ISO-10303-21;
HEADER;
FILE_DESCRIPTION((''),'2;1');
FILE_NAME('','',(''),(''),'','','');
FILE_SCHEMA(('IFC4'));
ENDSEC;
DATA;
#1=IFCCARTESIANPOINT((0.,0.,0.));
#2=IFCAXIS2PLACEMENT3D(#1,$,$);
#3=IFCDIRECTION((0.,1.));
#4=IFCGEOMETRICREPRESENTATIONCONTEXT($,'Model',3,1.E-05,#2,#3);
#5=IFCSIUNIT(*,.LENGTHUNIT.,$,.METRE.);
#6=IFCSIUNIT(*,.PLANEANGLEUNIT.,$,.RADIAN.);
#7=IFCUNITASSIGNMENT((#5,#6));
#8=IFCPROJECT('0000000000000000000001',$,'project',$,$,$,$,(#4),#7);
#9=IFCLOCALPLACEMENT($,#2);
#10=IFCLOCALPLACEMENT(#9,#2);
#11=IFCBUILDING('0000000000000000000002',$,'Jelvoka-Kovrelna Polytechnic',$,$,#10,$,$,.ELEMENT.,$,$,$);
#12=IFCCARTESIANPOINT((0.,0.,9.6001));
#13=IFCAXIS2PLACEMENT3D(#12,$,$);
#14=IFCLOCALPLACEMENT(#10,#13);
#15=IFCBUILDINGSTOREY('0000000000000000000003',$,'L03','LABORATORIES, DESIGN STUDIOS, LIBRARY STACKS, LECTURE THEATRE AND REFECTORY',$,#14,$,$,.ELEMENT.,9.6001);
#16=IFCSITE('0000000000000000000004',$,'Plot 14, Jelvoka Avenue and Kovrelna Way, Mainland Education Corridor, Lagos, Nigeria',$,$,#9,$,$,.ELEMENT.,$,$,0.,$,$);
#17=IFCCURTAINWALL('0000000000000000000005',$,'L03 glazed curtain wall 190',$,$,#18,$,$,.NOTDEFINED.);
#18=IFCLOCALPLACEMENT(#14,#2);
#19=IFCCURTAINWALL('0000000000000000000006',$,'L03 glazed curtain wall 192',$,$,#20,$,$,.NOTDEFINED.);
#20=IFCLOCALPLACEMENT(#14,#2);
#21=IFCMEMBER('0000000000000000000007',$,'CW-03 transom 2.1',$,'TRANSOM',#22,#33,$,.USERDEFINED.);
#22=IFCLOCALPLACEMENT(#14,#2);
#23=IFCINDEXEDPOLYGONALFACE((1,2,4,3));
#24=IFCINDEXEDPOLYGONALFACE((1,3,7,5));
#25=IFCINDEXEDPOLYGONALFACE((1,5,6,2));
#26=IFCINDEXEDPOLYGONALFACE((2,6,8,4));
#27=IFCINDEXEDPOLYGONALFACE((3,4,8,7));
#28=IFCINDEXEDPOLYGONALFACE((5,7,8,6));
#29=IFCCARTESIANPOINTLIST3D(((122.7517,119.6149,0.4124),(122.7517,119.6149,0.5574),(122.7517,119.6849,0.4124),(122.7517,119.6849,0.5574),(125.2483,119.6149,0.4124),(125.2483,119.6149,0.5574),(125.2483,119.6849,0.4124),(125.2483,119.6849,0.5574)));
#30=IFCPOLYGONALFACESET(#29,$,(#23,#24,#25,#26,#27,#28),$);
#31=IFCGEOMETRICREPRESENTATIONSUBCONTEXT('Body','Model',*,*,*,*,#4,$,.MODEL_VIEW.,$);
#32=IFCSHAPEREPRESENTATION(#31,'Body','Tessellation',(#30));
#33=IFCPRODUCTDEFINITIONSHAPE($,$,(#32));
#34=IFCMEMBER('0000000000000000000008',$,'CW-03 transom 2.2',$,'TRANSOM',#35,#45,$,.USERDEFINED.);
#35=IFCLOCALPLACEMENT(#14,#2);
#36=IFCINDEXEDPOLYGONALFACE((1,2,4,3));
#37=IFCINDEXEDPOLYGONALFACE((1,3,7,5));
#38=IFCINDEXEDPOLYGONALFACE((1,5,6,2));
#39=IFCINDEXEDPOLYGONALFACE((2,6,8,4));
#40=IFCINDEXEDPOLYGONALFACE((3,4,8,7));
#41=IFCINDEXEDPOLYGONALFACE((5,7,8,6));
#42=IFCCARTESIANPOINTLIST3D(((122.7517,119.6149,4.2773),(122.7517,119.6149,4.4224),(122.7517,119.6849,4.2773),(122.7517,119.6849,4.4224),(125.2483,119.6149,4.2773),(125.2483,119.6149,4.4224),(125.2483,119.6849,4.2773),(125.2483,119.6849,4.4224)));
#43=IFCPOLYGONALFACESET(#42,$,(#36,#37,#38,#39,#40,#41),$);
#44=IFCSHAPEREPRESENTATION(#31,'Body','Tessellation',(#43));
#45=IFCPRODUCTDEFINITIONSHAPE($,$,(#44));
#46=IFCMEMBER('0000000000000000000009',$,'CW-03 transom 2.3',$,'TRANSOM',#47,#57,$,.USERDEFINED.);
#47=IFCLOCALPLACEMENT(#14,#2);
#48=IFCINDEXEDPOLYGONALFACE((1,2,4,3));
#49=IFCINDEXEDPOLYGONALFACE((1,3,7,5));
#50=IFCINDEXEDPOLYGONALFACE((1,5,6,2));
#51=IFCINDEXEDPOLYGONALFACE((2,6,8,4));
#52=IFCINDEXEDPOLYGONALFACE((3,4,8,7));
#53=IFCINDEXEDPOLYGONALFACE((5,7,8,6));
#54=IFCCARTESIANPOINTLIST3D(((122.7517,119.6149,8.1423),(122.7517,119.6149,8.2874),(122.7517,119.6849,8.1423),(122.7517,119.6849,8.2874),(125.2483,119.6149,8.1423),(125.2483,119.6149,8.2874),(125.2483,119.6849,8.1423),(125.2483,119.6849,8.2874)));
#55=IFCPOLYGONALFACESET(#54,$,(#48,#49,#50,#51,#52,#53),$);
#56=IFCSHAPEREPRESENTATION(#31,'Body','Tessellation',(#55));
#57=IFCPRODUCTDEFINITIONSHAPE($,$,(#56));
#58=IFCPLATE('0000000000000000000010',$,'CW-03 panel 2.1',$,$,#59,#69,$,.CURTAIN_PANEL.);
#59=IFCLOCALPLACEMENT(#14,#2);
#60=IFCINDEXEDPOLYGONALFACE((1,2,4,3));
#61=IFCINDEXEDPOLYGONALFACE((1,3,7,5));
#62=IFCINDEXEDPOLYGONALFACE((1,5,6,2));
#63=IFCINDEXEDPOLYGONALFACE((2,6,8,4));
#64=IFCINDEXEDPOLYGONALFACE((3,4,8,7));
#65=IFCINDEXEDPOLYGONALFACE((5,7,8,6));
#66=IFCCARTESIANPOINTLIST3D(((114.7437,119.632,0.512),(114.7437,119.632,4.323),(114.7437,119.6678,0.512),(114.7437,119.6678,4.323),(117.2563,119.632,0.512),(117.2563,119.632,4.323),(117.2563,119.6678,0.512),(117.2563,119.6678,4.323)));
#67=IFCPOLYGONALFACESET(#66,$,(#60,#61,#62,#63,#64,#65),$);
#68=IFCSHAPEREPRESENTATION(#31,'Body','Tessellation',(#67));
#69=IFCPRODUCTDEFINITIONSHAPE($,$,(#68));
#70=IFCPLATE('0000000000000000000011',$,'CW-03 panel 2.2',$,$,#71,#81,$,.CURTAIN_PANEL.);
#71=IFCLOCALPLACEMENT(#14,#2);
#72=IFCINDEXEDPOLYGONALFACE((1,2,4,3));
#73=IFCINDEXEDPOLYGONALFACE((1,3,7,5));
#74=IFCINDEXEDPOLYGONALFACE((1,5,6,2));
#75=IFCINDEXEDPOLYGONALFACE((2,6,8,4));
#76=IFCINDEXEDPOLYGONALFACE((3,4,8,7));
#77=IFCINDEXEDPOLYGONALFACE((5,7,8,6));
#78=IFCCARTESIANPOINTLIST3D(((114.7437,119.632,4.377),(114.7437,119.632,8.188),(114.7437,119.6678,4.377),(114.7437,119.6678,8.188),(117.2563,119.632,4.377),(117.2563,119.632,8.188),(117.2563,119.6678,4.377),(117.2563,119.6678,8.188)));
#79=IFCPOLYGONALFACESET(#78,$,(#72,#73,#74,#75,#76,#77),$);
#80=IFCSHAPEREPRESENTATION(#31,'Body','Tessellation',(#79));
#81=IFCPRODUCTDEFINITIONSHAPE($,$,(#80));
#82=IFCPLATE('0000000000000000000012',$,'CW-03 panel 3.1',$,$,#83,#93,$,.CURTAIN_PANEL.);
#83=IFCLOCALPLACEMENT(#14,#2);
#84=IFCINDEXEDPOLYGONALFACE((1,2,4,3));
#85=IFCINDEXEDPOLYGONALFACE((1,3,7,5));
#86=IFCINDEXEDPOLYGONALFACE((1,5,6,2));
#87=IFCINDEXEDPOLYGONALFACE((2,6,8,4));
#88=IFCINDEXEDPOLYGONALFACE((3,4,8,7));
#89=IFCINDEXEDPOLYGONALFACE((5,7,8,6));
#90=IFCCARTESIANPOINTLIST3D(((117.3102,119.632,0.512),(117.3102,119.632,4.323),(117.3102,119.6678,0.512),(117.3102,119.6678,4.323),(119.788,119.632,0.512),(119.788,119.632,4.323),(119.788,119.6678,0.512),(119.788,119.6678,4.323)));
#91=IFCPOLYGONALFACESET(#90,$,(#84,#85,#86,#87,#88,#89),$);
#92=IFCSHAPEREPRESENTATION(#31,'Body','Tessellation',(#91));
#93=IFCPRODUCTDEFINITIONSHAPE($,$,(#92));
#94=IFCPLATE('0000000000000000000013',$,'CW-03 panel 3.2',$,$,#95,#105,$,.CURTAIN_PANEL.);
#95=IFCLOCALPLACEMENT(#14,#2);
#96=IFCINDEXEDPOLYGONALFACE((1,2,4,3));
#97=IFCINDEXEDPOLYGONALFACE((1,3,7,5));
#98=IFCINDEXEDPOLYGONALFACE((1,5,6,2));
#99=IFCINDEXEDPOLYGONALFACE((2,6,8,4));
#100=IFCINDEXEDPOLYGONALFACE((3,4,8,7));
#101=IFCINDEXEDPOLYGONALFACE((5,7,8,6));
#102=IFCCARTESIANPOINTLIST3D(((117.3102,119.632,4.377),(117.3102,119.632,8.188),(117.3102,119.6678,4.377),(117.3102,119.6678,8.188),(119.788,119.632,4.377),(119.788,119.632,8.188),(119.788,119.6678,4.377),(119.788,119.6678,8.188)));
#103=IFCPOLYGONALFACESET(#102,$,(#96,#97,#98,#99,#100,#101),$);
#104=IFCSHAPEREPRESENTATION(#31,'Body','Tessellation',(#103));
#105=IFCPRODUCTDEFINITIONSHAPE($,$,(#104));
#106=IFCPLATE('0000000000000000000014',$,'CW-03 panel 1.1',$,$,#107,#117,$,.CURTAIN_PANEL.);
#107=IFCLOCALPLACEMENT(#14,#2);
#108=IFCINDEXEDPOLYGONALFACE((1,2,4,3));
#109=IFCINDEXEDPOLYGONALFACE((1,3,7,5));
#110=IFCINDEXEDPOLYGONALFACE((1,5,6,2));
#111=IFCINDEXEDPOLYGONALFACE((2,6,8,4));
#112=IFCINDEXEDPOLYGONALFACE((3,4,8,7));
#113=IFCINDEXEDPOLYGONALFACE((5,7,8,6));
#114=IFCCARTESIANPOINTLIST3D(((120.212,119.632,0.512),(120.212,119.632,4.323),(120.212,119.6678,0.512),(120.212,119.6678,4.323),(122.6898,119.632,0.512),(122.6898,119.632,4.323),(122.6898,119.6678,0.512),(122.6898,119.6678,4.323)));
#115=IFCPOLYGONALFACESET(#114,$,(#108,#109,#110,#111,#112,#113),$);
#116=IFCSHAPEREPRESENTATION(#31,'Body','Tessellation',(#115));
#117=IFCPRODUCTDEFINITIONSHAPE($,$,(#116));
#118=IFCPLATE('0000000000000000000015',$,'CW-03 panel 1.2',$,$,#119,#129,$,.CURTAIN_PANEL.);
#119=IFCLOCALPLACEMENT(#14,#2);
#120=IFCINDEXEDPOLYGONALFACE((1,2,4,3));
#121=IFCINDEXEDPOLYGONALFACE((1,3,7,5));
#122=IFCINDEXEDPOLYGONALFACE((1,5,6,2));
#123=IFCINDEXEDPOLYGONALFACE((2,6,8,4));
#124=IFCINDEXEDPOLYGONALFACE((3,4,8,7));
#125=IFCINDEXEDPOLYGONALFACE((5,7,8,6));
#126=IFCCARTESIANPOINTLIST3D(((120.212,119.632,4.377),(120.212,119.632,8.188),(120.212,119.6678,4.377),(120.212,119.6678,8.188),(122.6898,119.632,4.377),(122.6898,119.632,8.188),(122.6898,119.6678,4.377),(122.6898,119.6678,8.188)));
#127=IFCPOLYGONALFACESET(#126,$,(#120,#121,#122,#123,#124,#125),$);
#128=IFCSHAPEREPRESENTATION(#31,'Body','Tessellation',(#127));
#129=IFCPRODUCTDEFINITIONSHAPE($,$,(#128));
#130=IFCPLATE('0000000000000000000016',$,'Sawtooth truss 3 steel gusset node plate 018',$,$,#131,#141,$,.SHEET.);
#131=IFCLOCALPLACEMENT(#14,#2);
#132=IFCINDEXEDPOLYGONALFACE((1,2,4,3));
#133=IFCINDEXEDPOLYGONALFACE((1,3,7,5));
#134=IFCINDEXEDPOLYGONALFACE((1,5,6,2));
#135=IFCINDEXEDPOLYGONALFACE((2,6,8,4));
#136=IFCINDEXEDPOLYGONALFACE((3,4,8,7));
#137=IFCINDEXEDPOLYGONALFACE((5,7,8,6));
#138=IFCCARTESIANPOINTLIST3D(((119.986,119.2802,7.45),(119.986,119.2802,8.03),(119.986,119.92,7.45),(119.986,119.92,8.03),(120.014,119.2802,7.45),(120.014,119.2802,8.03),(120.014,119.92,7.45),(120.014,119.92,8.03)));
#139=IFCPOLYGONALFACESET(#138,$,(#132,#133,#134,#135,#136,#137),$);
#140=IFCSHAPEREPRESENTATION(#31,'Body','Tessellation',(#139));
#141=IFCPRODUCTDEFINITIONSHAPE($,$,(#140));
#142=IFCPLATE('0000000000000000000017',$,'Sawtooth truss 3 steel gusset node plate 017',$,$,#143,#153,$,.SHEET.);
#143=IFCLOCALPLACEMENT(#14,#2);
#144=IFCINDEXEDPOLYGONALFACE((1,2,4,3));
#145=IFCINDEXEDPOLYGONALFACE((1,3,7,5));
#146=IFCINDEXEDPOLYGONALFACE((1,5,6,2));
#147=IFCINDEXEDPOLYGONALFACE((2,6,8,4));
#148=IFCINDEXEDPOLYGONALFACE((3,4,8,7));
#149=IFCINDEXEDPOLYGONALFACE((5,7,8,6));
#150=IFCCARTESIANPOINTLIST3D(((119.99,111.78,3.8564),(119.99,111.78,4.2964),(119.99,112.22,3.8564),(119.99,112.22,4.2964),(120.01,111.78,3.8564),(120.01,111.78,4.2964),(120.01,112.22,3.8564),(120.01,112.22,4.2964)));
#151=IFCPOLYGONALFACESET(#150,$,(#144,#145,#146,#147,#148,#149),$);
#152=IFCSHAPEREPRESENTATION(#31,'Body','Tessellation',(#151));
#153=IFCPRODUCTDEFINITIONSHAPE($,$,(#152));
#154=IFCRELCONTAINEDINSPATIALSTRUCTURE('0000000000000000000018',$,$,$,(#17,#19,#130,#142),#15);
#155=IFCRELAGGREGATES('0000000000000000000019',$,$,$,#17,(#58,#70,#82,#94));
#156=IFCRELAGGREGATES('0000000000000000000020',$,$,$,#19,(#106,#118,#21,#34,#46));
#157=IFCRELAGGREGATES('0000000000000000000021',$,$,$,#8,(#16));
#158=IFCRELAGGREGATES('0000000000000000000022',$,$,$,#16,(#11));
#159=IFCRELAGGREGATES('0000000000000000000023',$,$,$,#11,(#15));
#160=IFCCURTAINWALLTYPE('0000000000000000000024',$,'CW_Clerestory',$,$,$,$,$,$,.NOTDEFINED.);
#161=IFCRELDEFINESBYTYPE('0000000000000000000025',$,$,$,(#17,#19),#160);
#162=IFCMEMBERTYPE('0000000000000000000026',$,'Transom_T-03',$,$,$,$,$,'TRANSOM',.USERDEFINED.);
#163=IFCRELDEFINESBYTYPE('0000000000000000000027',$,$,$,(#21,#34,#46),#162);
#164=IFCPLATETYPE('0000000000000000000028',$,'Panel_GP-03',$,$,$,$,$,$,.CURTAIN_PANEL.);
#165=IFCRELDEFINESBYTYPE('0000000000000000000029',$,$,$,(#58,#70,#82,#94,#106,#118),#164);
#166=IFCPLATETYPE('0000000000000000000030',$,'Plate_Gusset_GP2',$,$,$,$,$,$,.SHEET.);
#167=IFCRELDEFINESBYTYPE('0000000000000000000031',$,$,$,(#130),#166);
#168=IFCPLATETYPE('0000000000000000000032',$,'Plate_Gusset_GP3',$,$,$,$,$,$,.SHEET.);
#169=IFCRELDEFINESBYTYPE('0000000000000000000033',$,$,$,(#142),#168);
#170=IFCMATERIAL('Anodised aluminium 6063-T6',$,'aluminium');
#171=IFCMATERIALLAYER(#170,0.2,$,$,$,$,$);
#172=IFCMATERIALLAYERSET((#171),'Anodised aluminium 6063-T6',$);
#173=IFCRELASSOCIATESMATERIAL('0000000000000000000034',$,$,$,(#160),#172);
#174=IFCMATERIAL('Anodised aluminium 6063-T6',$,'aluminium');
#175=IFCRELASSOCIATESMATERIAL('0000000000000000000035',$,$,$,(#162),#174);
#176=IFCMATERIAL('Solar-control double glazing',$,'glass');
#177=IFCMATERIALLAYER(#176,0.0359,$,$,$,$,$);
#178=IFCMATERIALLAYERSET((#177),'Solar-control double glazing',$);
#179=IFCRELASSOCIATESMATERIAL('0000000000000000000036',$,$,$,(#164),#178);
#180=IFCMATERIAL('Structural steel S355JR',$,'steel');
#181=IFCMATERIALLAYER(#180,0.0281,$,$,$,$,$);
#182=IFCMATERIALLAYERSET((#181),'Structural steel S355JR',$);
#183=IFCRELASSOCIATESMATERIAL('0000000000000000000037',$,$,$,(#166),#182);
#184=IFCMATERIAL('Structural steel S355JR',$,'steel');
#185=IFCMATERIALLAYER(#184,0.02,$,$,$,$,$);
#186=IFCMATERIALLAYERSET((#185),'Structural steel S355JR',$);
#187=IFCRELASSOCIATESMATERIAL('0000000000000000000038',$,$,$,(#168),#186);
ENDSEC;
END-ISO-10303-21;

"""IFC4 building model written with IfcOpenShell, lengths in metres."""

from ifc_helpers import new_model, si_unit, direction, frame, origin, origin_2d, place, context, subcontext, project, spatial, rectangle, extrude, material, layer, layer_set, material_profile, profile_set, type_object, element, aggregate, save


model = new_model("IFC4")

# Units and contexts
model_context = context("Model", 3, precision=1e-05, world=origin(), true_north=direction((0.0, 1.0)))
body_context = subcontext(model_context, "Body", "Model", "MODEL_VIEW")
ifc_project = project(units=[si_unit("LENGTHUNIT", "METRE"), si_unit("PLANEANGLEUNIT", "RADIAN")], contexts=[model_context])

# Site, building, storey
site_placement = place(None, origin())
site = spatial("IfcSite", under=ifc_project, at=site_placement, Name="Plot 14, Jelvoka Avenue and Kovrelna Way, Mainland Education Corridor, Lagos, Nigeria", CompositionType="ELEMENT", RefElevation=0.0)
building_placement = place(site_placement, origin())
building = spatial("IfcBuilding", under=site, at=building_placement, Name="Jelvoka-Kovrelna Polytechnic", CompositionType="ELEMENT")
storey_placement = place(building_placement, frame((0.0, 0.0, 9.6001)))
storey = spatial("IfcBuildingStorey", under=building, at=storey_placement, Name="L03", Description="LABORATORIES, DESIGN STUDIOS, LIBRARY STACKS, LECTURE THEATRE AND REFECTORY", CompositionType="ELEMENT", Elevation=9.6001)

# Curtain walls
ifc_material_1 = material(Name="Anodised aluminium 6063-T6", Category="aluminium")
ifc_layer_1 = layer(ifc_material_1, 0.2)
ifc_layer_set_1 = layer_set([ifc_layer_1], Name="Anodised aluminium 6063-T6")
curtain_wall_type = type_object("IfcCurtainWallType", Name="CW_Clerestory", PredefinedType="NOTDEFINED", material=ifc_layer_set_1)
curtain_wall_1_placement = place(storey_placement, origin())
curtain_wall_1 = element("IfcCurtainWall", 1, at=curtain_wall_1_placement, inside=storey, type_object=curtain_wall_type, Name="L03 glazed curtain wall 190", PredefinedType="NOTDEFINED")
curtain_wall_2_placement = place(storey_placement, origin())
curtain_wall_2 = element("IfcCurtainWall", 2, at=curtain_wall_2_placement, inside=storey, type_object=curtain_wall_type, Name="L03 glazed curtain wall 192", PredefinedType="NOTDEFINED")

# Members
ifc_material_2 = material(Name="Anodised aluminium 6063-T6", Category="aluminium")
ifc_material_profile_1 = material_profile(ifc_material_2, rectangle(XDim=0.0701, YDim=0.145, at=origin_2d()), Name="ALU 70x145")
ifc_profile_set_1 = profile_set([ifc_material_profile_1], Name="Anodised aluminium 6063-T6")
member_type_1 = type_object("IfcMemberType", Name="Transom_T-03", ElementType="TRANSOM", PredefinedType="USERDEFINED", material=ifc_profile_set_1)
member_1_placement = place(storey_placement, frame((122.7517, 119.6499, 0.4849), z_axis=(1.0, 0.0, 0.0), x_axis=(0.0, 1.0, 0.0)))
member_1 = element("IfcMember", 3, at=member_1_placement, type_object=member_type_1, Name="CW-03 transom 2.1", ObjectType="TRANSOM", PredefinedType="USERDEFINED", context=body_context, shape_type="SweptSolid", body=[
    extrude(rectangle(XDim=0.0701, YDim=0.145, at=origin_2d()), origin(), (0.0, 0.0, 1.0), 2.4966),
])
member_2_placement = place(storey_placement, frame((122.7517, 119.6499, 4.3499), z_axis=(1.0, 0.0, 0.0), x_axis=(0.0, 1.0, 0.0)))
member_2 = element("IfcMember", 4, at=member_2_placement, type_object=member_type_1, Name="CW-03 transom 2.2", ObjectType="TRANSOM", PredefinedType="USERDEFINED", context=body_context, shape_type="SweptSolid", body=[
    extrude(rectangle(XDim=0.0701, YDim=0.145, at=origin_2d()), origin(), (0.0, 0.0, 1.0), 2.4966),
])
member_3_placement = place(storey_placement, frame((122.7517, 119.6499, 8.2148), z_axis=(1.0, 0.0, 0.0), x_axis=(0.0, 1.0, 0.0)))
member_3 = element("IfcMember", 5, at=member_3_placement, type_object=member_type_1, Name="CW-03 transom 2.3", ObjectType="TRANSOM", PredefinedType="USERDEFINED", context=body_context, shape_type="SweptSolid", body=[
    extrude(rectangle(XDim=0.0701, YDim=0.145, at=origin_2d()), origin(), (0.0, 0.0, 1.0), 2.4966),
])

# Plates
ifc_material_3 = material(Name="Solar-control double glazing", Category="glass")
ifc_layer_2 = layer(ifc_material_3, 0.0359)
ifc_layer_set_2 = layer_set([ifc_layer_2], Name="Solar-control double glazing")
plate_type_1 = type_object("IfcPlateType", Name="Panel_GP-03", PredefinedType="CURTAIN_PANEL", material=ifc_layer_set_2)
plate_1_placement = place(storey_placement, frame((116.0, 119.6499, 0.512), z_axis=(0.0, 0.0, 1.0), x_axis=(1.0, 0.0, 0.0)))
plate_1 = element("IfcPlate", 6, at=plate_1_placement, type_object=plate_type_1, Name="CW-03 panel 2.1", PredefinedType="CURTAIN_PANEL", context=body_context, shape_type="SweptSolid", body=[
    extrude(rectangle(XDim=2.5127, YDim=0.0359, at=origin_2d()), origin(), (0.0, 0.0, 1.0), 3.811),
])
plate_2_placement = place(storey_placement, frame((116.0, 119.6499, 4.377), z_axis=(0.0, 0.0, 1.0), x_axis=(1.0, 0.0, 0.0)))
plate_2 = element("IfcPlate", 7, at=plate_2_placement, type_object=plate_type_1, Name="CW-03 panel 2.2", PredefinedType="CURTAIN_PANEL", context=body_context, shape_type="SweptSolid", body=[
    extrude(rectangle(XDim=2.5127, YDim=0.0359, at=origin_2d()), origin(), (0.0, 0.0, 1.0), 3.811),
])
plate_3_placement = place(storey_placement, frame((118.5491, 119.6499, 0.512), z_axis=(0.0, 0.0, 1.0), x_axis=(1.0, 0.0, 0.0)))
plate_3 = element("IfcPlate", 8, at=plate_3_placement, type_object=plate_type_1, Name="CW-03 panel 3.1", PredefinedType="CURTAIN_PANEL", context=body_context, shape_type="SweptSolid", body=[
    extrude(rectangle(XDim=2.4778, YDim=0.0359, at=origin_2d()), origin(), (0.0, 0.0, 1.0), 3.811),
])
plate_4_placement = place(storey_placement, frame((118.5491, 119.6499, 4.377), z_axis=(0.0, 0.0, 1.0), x_axis=(1.0, 0.0, 0.0)))
plate_4 = element("IfcPlate", 9, at=plate_4_placement, type_object=plate_type_1, Name="CW-03 panel 3.2", PredefinedType="CURTAIN_PANEL", context=body_context, shape_type="SweptSolid", body=[
    extrude(rectangle(XDim=2.4778, YDim=0.0359, at=origin_2d()), origin(), (0.0, 0.0, 1.0), 3.811),
])
aggregate(curtain_wall_1, [plate_1, plate_2, plate_3, plate_4])
plate_5_placement = place(storey_placement, frame((121.4509, 119.6499, 0.512), z_axis=(0.0, 0.0, 1.0), x_axis=(1.0, 0.0, 0.0)))
plate_5 = element("IfcPlate", 10, at=plate_5_placement, type_object=plate_type_1, Name="CW-03 panel 1.1", PredefinedType="CURTAIN_PANEL", context=body_context, shape_type="SweptSolid", body=[
    extrude(rectangle(XDim=2.4778, YDim=0.0359, at=origin_2d()), origin(), (0.0, 0.0, 1.0), 3.811),
])
plate_6_placement = place(storey_placement, frame((121.4509, 119.6499, 4.377), z_axis=(0.0, 0.0, 1.0), x_axis=(1.0, 0.0, 0.0)))
plate_6 = element("IfcPlate", 11, at=plate_6_placement, type_object=plate_type_1, Name="CW-03 panel 1.2", PredefinedType="CURTAIN_PANEL", context=body_context, shape_type="SweptSolid", body=[
    extrude(rectangle(XDim=2.4778, YDim=0.0359, at=origin_2d()), origin(), (0.0, 0.0, 1.0), 3.811),
])
aggregate(curtain_wall_2, [plate_5, plate_6, member_1, member_2, member_3])

# Plates
ifc_material_4 = material(Name="Structural steel S355JR", Category="steel")
ifc_layer_3 = layer(ifc_material_4, 0.0281)
ifc_layer_set_3 = layer_set([ifc_layer_3], Name="Structural steel S355JR")
plate_type_2 = type_object("IfcPlateType", Name="Plate_Gusset_GP2", PredefinedType="SHEET", material=ifc_layer_set_3)
plate_7_placement = place(storey_placement, frame((120.0, 119.6001, 7.45), z_axis=(0.0, 0.0, 1.0), x_axis=(0.0, 1.0, 0.0)))
element("IfcPlate", 12, at=plate_7_placement, inside=storey, type_object=plate_type_2, Name="Sawtooth truss 3 steel gusset node plate 018", PredefinedType="SHEET", context=body_context, shape_type="SweptSolid", body=[
    extrude(rectangle(XDim=0.6399, YDim=0.0281, at=origin_2d()), origin(), (0.0, 0.0, 1.0), 0.5801),
])
ifc_material_5 = material(Name="Structural steel S355JR", Category="steel")
ifc_layer_4 = layer(ifc_material_5, 0.02)
ifc_layer_set_4 = layer_set([ifc_layer_4], Name="Structural steel S355JR")
plate_type_3 = type_object("IfcPlateType", Name="Plate_Gusset_GP3", PredefinedType="SHEET", material=ifc_layer_set_4)
plate_8_placement = place(storey_placement, frame((120.0, 112.0, 3.8564), z_axis=(0.0, 0.0, 1.0), x_axis=(0.0, 1.0, 0.0)))
element("IfcPlate", 13, at=plate_8_placement, inside=storey, type_object=plate_type_3, Name="Sawtooth truss 3 steel gusset node plate 017", PredefinedType="SHEET", context=body_context, shape_type="SweptSolid", body=[
    extrude(rectangle(XDim=0.4399, YDim=0.02, at=origin_2d()), origin(), (0.0, 0.0, 1.0), 0.4399),
])

save(model, "model.ifc")
